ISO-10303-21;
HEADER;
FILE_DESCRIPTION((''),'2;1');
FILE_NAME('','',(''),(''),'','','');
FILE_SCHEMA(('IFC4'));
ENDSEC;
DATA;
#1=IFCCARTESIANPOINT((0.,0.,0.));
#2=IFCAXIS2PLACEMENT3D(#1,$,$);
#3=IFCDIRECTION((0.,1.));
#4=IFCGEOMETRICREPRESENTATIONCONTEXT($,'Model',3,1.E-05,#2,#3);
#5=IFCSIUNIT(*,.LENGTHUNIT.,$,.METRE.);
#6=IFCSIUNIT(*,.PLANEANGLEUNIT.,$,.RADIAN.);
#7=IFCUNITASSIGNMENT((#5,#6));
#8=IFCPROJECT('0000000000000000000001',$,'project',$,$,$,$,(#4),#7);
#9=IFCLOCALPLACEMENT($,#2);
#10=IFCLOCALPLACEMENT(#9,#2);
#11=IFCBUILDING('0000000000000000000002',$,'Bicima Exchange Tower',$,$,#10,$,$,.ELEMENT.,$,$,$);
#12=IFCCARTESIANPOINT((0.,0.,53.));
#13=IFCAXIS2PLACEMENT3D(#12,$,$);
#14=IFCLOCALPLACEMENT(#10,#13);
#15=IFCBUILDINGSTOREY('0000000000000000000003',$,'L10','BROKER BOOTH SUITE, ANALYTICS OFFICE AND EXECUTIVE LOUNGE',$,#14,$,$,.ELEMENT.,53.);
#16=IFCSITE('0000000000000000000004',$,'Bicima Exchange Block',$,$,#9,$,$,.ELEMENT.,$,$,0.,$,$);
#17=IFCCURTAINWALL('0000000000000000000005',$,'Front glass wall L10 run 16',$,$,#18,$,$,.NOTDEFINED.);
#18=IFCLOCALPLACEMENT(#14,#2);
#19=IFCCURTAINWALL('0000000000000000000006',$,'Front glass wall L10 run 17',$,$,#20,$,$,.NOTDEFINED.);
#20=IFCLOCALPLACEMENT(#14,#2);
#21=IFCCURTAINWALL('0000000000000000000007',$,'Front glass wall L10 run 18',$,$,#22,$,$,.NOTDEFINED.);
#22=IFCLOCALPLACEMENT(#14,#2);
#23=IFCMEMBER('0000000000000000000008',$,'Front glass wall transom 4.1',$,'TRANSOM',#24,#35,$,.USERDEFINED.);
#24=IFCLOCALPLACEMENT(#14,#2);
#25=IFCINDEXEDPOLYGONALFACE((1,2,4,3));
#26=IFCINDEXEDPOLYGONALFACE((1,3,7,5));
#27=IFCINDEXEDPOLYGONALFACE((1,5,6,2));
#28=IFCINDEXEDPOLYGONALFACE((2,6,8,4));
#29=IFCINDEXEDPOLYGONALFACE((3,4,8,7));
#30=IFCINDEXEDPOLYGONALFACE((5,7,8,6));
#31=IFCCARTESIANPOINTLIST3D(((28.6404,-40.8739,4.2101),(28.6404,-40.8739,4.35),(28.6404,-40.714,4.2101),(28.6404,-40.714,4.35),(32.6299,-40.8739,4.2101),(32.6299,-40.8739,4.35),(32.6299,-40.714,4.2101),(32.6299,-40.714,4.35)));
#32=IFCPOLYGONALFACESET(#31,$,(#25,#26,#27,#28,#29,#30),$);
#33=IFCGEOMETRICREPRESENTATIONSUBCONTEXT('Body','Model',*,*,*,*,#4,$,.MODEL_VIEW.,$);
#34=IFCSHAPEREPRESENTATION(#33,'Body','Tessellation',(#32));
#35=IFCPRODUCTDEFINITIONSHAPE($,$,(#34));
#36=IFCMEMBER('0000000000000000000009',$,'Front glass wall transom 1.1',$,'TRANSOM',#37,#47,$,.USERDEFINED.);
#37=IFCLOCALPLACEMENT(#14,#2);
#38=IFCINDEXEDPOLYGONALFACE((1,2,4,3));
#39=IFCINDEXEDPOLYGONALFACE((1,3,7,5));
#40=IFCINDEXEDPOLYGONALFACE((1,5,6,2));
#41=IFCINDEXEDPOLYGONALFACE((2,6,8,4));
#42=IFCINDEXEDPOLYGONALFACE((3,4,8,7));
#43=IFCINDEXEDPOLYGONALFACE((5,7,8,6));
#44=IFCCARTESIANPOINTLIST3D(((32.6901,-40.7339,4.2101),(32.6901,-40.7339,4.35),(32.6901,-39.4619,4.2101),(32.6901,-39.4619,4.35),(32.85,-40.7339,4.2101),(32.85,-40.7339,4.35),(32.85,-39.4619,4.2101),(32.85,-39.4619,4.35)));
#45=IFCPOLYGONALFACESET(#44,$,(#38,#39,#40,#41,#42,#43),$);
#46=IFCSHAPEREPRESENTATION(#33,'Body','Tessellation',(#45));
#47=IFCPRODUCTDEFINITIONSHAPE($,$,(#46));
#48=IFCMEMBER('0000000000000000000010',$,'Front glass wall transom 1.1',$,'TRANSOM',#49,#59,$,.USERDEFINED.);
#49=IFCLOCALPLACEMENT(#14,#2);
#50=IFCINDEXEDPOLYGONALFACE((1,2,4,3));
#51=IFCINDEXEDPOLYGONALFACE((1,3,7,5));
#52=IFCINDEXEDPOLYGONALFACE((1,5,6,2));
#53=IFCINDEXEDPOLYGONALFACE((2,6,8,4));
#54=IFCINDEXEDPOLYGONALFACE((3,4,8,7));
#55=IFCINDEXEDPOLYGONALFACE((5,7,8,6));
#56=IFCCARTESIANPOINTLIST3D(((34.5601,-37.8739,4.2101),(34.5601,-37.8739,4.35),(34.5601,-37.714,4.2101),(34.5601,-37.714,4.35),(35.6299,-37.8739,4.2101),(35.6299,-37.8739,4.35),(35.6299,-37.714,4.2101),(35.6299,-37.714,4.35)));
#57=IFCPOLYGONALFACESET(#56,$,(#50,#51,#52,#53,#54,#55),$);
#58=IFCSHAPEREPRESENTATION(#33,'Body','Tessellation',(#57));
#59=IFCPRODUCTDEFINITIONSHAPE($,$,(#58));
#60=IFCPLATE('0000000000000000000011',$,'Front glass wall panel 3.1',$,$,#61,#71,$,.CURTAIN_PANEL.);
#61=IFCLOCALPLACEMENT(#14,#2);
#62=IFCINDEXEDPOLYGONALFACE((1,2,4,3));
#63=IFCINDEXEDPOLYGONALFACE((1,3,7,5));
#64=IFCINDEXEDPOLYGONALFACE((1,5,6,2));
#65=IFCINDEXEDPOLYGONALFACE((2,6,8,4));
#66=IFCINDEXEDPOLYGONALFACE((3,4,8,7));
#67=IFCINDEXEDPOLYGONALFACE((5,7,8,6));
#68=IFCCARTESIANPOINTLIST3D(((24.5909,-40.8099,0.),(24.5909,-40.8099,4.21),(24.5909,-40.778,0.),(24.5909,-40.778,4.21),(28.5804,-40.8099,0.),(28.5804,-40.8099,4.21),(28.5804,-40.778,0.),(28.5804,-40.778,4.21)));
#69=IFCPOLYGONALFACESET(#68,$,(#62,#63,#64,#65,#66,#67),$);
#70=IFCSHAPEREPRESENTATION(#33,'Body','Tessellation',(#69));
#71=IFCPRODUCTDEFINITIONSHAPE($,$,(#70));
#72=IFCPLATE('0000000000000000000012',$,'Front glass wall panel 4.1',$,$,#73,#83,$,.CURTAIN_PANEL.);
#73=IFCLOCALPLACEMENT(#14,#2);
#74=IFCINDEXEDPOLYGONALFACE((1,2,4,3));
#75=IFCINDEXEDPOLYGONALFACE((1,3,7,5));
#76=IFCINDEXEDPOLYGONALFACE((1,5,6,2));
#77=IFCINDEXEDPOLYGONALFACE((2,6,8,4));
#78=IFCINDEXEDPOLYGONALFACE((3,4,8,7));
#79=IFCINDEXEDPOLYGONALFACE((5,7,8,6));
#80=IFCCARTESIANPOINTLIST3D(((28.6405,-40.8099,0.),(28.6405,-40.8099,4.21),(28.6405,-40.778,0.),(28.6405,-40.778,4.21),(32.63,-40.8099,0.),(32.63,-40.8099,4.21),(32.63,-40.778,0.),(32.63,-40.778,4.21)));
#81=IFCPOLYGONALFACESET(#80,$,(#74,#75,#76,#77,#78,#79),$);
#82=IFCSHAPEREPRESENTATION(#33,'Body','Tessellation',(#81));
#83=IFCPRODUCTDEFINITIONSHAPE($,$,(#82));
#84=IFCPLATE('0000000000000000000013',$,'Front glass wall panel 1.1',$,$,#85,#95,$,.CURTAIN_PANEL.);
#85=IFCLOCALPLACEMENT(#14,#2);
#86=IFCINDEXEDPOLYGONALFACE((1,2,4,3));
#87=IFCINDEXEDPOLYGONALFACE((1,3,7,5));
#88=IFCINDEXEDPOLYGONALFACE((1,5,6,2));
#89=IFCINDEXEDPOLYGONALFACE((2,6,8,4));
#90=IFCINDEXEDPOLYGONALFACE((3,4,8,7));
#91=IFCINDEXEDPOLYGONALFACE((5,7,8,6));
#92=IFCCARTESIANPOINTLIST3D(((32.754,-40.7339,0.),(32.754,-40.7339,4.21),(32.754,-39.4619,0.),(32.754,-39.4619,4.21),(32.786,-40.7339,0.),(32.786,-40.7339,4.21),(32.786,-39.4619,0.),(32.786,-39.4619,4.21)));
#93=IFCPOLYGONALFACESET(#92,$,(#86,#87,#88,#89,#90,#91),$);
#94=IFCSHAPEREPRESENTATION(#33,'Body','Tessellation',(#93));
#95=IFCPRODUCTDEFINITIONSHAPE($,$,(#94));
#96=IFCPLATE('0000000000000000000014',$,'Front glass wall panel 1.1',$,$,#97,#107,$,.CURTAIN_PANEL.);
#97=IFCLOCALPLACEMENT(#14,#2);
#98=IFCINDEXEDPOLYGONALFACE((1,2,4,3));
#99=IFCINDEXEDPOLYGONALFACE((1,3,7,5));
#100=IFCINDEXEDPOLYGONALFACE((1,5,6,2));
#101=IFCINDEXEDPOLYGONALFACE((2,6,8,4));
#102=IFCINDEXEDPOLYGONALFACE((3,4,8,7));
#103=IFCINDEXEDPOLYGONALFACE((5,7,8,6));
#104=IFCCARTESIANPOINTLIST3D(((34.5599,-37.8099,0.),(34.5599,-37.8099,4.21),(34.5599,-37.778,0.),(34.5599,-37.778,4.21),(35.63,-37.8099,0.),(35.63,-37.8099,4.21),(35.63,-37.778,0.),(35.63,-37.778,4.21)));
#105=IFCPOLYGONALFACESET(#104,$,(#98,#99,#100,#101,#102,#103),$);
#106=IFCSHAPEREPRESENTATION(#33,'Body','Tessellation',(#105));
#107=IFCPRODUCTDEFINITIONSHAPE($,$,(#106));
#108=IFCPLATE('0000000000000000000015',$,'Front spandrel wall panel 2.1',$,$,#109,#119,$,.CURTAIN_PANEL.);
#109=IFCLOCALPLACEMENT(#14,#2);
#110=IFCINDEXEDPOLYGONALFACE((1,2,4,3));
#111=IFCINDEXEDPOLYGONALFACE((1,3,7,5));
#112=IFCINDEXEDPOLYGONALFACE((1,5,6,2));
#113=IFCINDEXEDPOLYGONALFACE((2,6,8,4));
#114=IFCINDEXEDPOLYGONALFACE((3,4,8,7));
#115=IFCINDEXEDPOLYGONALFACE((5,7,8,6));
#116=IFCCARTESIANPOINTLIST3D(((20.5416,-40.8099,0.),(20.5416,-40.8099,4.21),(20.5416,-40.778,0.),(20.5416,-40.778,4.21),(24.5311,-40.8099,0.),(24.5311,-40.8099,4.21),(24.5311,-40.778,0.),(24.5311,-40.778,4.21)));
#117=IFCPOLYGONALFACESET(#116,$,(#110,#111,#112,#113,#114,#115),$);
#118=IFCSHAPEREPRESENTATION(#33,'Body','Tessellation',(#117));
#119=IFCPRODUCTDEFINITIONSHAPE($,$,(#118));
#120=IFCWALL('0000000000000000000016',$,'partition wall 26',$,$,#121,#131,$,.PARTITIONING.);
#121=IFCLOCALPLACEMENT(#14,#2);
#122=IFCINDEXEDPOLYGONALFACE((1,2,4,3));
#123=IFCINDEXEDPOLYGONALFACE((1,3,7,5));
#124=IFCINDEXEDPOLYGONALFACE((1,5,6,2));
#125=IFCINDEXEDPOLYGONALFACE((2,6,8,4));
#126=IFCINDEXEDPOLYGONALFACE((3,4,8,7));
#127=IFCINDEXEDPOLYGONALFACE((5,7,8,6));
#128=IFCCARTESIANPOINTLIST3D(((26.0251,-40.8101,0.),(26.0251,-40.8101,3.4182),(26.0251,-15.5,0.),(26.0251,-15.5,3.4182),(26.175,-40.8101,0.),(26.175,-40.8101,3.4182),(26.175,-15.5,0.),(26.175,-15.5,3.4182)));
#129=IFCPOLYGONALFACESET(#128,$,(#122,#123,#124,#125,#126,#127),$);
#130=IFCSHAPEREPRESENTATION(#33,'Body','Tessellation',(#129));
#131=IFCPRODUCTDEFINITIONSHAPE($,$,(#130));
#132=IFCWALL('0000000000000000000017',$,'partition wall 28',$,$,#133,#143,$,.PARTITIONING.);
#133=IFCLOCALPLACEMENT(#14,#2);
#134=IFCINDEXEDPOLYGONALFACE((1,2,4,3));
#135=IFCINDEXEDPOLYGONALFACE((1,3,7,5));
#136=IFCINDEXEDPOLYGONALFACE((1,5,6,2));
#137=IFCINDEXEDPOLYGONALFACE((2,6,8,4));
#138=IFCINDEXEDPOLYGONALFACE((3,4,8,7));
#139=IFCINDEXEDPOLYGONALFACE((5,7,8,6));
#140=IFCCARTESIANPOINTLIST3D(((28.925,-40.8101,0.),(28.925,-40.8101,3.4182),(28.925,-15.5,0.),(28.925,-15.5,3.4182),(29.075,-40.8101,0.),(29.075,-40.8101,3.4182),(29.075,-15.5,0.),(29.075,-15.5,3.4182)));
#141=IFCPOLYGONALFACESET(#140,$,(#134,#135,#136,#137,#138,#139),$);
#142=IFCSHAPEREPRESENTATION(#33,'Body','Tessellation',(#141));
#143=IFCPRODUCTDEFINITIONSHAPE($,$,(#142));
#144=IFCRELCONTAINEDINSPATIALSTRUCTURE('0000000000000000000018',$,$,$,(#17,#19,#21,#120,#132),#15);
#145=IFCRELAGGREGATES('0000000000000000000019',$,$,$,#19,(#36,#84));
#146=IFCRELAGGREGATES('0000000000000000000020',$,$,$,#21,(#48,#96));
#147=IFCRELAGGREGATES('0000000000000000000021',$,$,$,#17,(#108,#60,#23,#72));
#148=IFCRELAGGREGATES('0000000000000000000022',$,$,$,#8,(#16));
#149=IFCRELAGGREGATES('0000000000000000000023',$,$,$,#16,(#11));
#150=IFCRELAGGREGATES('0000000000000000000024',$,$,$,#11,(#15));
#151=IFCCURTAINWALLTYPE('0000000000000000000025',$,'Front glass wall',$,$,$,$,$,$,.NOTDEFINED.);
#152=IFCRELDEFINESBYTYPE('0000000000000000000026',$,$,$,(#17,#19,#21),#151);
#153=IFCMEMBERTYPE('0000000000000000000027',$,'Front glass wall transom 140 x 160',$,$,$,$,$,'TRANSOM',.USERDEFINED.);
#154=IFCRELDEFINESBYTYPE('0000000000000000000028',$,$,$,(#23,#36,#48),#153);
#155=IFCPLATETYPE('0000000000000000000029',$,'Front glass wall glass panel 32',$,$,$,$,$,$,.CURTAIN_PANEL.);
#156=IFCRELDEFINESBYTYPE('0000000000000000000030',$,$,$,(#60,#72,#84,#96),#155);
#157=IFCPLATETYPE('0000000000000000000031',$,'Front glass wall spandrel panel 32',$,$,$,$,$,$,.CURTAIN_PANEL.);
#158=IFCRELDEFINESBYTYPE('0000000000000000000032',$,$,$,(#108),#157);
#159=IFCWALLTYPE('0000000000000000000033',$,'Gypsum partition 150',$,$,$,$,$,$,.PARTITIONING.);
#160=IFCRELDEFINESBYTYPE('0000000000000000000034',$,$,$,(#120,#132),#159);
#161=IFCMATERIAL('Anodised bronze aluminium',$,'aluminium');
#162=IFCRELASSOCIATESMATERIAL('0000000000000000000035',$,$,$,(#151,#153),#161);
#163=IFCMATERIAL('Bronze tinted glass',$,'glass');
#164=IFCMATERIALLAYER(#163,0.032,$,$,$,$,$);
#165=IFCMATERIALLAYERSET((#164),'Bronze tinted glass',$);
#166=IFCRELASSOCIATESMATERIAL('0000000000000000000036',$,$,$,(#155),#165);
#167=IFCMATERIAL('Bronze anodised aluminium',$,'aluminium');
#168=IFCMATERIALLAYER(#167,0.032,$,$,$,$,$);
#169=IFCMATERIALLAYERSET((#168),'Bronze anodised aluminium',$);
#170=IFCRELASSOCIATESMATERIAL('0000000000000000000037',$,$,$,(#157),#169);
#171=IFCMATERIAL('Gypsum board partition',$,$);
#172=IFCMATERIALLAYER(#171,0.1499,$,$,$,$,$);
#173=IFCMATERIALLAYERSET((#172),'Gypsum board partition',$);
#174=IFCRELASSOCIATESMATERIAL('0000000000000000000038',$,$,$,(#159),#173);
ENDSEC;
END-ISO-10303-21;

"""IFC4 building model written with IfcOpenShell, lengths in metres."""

from ifc_helpers import new_model, si_unit, direction, frame, frame_2d, origin, origin_2d, place, context, subcontext, project, spatial, rectangle, extrude, material, layer, layer_set, material_profile, profile_set, type_object, element, aggregate, save


model = new_model("IFC4")

# Units and contexts
model_context = context("Model", 3, precision=1e-05, world=origin(), true_north=direction((0.0, 1.0)))
body_context = subcontext(model_context, "Body", "Model", "MODEL_VIEW")
ifc_project = project(units=[si_unit("LENGTHUNIT", "METRE"), si_unit("PLANEANGLEUNIT", "RADIAN")], contexts=[model_context])

# Site, building, storey
site_placement = place(None, origin())
site = spatial("IfcSite", under=ifc_project, at=site_placement, Name="Bicima Exchange Block", CompositionType="ELEMENT", RefElevation=0.0)
building_placement = place(site_placement, origin())
building = spatial("IfcBuilding", under=site, at=building_placement, Name="Bicima Exchange Tower", CompositionType="ELEMENT")
storey_placement = place(building_placement, frame((0.0, 0.0, 53.0)))
storey = spatial("IfcBuildingStorey", under=building, at=storey_placement, Name="L10", Description="BROKER BOOTH SUITE, ANALYTICS OFFICE AND EXECUTIVE LOUNGE", CompositionType="ELEMENT", Elevation=53.0)

# Curtain walls
ifc_material_1 = material(Name="Anodised bronze aluminium", Category="aluminium")
curtain_wall_type = type_object("IfcCurtainWallType", Name="Front glass wall", PredefinedType="NOTDEFINED", material=ifc_material_1)
curtain_wall_1_placement = place(storey_placement, origin())
curtain_wall_1 = element("IfcCurtainWall", 1, at=curtain_wall_1_placement, inside=storey, type_object=curtain_wall_type, Name="Front glass wall L10 run 16", PredefinedType="NOTDEFINED")
curtain_wall_2_placement = place(storey_placement, origin())
curtain_wall_2 = element("IfcCurtainWall", 2, at=curtain_wall_2_placement, inside=storey, type_object=curtain_wall_type, Name="Front glass wall L10 run 17", PredefinedType="NOTDEFINED")

# Curtain wall
curtain_wall_3_placement = place(storey_placement, origin())
curtain_wall_3 = element("IfcCurtainWall", 3, at=curtain_wall_3_placement, inside=storey, type_object=curtain_wall_type, Name="Front glass wall L10 run 18", PredefinedType="NOTDEFINED")

# Members
ifc_material_profile_1 = material_profile(ifc_material_1, rectangle(XDim=0.1599, YDim=0.1399, at=origin_2d()))
ifc_profile_set_1 = profile_set([ifc_material_profile_1], Name="Anodised bronze aluminium")
member_type_1 = type_object("IfcMemberType", Name="Front glass wall transom 140 x 160", ElementType="TRANSOM", PredefinedType="USERDEFINED", material=ifc_profile_set_1)
member_1_placement = place(storey_placement, frame((28.6404, -40.7939, 4.28), z_axis=(1.0, 0.0, 0.0), x_axis=(0.0, 1.0, 0.0)))
member_1 = element("IfcMember", 4, at=member_1_placement, type_object=member_type_1, Name="Front glass wall transom 4.1", ObjectType="TRANSOM", PredefinedType="USERDEFINED", context=body_context, shape_type="SweptSolid", body=[
    extrude(rectangle(XDim=0.1599, YDim=0.1399, at=origin_2d()), origin(), (0.0, 0.0, 1.0), 3.9895),
])
member_2_placement = place(storey_placement, frame((32.77, -40.7339, 4.28), z_axis=(0.0, 1.0, 0.0), x_axis=(-1.0, 0.0, 0.0)))
member_2 = element("IfcMember", 5, at=member_2_placement, type_object=member_type_1, Name="Front glass wall transom 1.1", ObjectType="TRANSOM", PredefinedType="USERDEFINED", context=body_context, shape_type="SweptSolid", body=[
    extrude(rectangle(XDim=0.1599, YDim=0.1399, at=origin_2d()), origin(), (0.0, 0.0, 1.0), 1.272),
])
member_3_placement = place(storey_placement, frame((34.5601, -37.7939, 4.28), z_axis=(1.0, 0.0, 0.0), x_axis=(0.0, 1.0, 0.0)))
member_3 = element("IfcMember", 6, at=member_3_placement, type_object=member_type_1, Name="Front glass wall transom 1.1", ObjectType="TRANSOM", PredefinedType="USERDEFINED", context=body_context, shape_type="SweptSolid", body=[
    extrude(rectangle(XDim=0.1599, YDim=0.1399, at=origin_2d()), origin(), (0.0, 0.0, 1.0), 1.0698),
])

# Plates
ifc_material_2 = material(Name="Bronze tinted glass", Category="glass")
ifc_layer_1 = layer(ifc_material_2, 0.032)
ifc_layer_set_1 = layer_set([ifc_layer_1], Name="Bronze tinted glass")
plate_type_1 = type_object("IfcPlateType", Name="Front glass wall glass panel 32", PredefinedType="CURTAIN_PANEL", material=ifc_layer_set_1)
plate_1_placement = place(storey_placement, frame((26.5857, -40.7939, 0.0), z_axis=(0.0, 0.0, 1.0), x_axis=(1.0, 0.0, 0.0)))
plate_1 = element("IfcPlate", 7, at=plate_1_placement, type_object=plate_type_1, Name="Front glass wall panel 3.1", PredefinedType="CURTAIN_PANEL", context=body_context, shape_type="SweptSolid", body=[
    extrude(rectangle(XDim=3.9895, YDim=0.032, at=origin_2d()), origin(), (0.0, 0.0, 1.0), 4.21),
])
plate_2_placement = place(storey_placement, frame((30.6353, -40.7939, 0.0), z_axis=(0.0, 0.0, 1.0), x_axis=(1.0, 0.0, 0.0)))
plate_2 = element("IfcPlate", 8, at=plate_2_placement, type_object=plate_type_1, Name="Front glass wall panel 4.1", PredefinedType="CURTAIN_PANEL", context=body_context, shape_type="SweptSolid", body=[
    extrude(rectangle(XDim=3.9895, YDim=0.032, at=origin_2d()), origin(), (0.0, 0.0, 1.0), 4.21),
])
plate_3_placement = place(storey_placement, frame((32.77, -40.0979, 0.0), z_axis=(0.0, 0.0, 1.0), x_axis=(0.0, 1.0, 0.0)))
plate_3 = element("IfcPlate", 9, at=plate_3_placement, type_object=plate_type_1, Name="Front glass wall panel 1.1", PredefinedType="CURTAIN_PANEL", context=body_context, shape_type="SweptSolid", body=[
    extrude(rectangle(XDim=1.272, YDim=0.032, at=origin_2d()), origin(), (0.0, 0.0, 1.0), 4.21),
])
aggregate(curtain_wall_2, [member_2, plate_3])
plate_4_placement = place(storey_placement, frame((35.095, -37.7939, 0.0), z_axis=(0.0, 0.0, 1.0), x_axis=(1.0, 0.0, 0.0)))
plate_4 = element("IfcPlate", 10, at=plate_4_placement, type_object=plate_type_1, Name="Front glass wall panel 1.1", PredefinedType="CURTAIN_PANEL", context=body_context, shape_type="SweptSolid", body=[
    extrude(rectangle(XDim=1.0701, YDim=0.032, at=origin_2d()), origin(), (0.0, 0.0, 1.0), 4.21),
])
aggregate(curtain_wall_3, [member_3, plate_4])
ifc_material_3 = material(Name="Bronze anodised aluminium", Category="aluminium")
ifc_layer_2 = layer(ifc_material_3, 0.032)
ifc_layer_set_2 = layer_set([ifc_layer_2], Name="Bronze anodised aluminium")
plate_type_2 = type_object("IfcPlateType", Name="Front glass wall spandrel panel 32", PredefinedType="CURTAIN_PANEL", material=ifc_layer_set_2)
plate_5_placement = place(storey_placement, frame((22.5364, -40.7939, 0.0), z_axis=(0.0, 0.0, 1.0), x_axis=(1.0, 0.0, 0.0)))
plate_5 = element("IfcPlate", 11, at=plate_5_placement, type_object=plate_type_2, Name="Front spandrel wall panel 2.1", PredefinedType="CURTAIN_PANEL", context=body_context, shape_type="SweptSolid", body=[
    extrude(rectangle(XDim=3.9895, YDim=0.032, at=origin_2d()), origin(), (0.0, 0.0, 1.0), 4.21),
])
aggregate(curtain_wall_1, [plate_5, plate_1, member_1, plate_2])

# Walls
ifc_material_4 = material(Name="Gypsum board partition")
ifc_layer_3 = layer(ifc_material_4, 0.1499)
ifc_layer_set_3 = layer_set([ifc_layer_3], Name="Gypsum board partition")
wall_type = type_object("IfcWallType", Name="Gypsum partition 150", PredefinedType="PARTITIONING", material=ifc_layer_set_3)
for number, where, z_axis, x_axis, name in (
    (12, (26.1001, -40.8101, 0.0), (0.0, 0.0, 1.0), (0.0, 1.0, 0.0), "partition wall 26"),
    (13, (29.0, -40.8101, 0.0), (0.0, 0.0, 1.0), (0.0, 1.0, 0.0), "partition wall 28"),
):
    element("IfcWall", number, at=place(storey_placement, frame(where, z_axis=z_axis, x_axis=x_axis)), inside=storey, type_object=wall_type, Name=name, PredefinedType="PARTITIONING", context=body_context, shape_type="SweptSolid", body=[
        extrude(rectangle(XDim=25.3101, YDim=0.1499, at=frame_2d((12.655, 0.0))), origin(), (0.0, 0.0, 1.0), 3.4182),
    ])

save(model, "model.ifc")
